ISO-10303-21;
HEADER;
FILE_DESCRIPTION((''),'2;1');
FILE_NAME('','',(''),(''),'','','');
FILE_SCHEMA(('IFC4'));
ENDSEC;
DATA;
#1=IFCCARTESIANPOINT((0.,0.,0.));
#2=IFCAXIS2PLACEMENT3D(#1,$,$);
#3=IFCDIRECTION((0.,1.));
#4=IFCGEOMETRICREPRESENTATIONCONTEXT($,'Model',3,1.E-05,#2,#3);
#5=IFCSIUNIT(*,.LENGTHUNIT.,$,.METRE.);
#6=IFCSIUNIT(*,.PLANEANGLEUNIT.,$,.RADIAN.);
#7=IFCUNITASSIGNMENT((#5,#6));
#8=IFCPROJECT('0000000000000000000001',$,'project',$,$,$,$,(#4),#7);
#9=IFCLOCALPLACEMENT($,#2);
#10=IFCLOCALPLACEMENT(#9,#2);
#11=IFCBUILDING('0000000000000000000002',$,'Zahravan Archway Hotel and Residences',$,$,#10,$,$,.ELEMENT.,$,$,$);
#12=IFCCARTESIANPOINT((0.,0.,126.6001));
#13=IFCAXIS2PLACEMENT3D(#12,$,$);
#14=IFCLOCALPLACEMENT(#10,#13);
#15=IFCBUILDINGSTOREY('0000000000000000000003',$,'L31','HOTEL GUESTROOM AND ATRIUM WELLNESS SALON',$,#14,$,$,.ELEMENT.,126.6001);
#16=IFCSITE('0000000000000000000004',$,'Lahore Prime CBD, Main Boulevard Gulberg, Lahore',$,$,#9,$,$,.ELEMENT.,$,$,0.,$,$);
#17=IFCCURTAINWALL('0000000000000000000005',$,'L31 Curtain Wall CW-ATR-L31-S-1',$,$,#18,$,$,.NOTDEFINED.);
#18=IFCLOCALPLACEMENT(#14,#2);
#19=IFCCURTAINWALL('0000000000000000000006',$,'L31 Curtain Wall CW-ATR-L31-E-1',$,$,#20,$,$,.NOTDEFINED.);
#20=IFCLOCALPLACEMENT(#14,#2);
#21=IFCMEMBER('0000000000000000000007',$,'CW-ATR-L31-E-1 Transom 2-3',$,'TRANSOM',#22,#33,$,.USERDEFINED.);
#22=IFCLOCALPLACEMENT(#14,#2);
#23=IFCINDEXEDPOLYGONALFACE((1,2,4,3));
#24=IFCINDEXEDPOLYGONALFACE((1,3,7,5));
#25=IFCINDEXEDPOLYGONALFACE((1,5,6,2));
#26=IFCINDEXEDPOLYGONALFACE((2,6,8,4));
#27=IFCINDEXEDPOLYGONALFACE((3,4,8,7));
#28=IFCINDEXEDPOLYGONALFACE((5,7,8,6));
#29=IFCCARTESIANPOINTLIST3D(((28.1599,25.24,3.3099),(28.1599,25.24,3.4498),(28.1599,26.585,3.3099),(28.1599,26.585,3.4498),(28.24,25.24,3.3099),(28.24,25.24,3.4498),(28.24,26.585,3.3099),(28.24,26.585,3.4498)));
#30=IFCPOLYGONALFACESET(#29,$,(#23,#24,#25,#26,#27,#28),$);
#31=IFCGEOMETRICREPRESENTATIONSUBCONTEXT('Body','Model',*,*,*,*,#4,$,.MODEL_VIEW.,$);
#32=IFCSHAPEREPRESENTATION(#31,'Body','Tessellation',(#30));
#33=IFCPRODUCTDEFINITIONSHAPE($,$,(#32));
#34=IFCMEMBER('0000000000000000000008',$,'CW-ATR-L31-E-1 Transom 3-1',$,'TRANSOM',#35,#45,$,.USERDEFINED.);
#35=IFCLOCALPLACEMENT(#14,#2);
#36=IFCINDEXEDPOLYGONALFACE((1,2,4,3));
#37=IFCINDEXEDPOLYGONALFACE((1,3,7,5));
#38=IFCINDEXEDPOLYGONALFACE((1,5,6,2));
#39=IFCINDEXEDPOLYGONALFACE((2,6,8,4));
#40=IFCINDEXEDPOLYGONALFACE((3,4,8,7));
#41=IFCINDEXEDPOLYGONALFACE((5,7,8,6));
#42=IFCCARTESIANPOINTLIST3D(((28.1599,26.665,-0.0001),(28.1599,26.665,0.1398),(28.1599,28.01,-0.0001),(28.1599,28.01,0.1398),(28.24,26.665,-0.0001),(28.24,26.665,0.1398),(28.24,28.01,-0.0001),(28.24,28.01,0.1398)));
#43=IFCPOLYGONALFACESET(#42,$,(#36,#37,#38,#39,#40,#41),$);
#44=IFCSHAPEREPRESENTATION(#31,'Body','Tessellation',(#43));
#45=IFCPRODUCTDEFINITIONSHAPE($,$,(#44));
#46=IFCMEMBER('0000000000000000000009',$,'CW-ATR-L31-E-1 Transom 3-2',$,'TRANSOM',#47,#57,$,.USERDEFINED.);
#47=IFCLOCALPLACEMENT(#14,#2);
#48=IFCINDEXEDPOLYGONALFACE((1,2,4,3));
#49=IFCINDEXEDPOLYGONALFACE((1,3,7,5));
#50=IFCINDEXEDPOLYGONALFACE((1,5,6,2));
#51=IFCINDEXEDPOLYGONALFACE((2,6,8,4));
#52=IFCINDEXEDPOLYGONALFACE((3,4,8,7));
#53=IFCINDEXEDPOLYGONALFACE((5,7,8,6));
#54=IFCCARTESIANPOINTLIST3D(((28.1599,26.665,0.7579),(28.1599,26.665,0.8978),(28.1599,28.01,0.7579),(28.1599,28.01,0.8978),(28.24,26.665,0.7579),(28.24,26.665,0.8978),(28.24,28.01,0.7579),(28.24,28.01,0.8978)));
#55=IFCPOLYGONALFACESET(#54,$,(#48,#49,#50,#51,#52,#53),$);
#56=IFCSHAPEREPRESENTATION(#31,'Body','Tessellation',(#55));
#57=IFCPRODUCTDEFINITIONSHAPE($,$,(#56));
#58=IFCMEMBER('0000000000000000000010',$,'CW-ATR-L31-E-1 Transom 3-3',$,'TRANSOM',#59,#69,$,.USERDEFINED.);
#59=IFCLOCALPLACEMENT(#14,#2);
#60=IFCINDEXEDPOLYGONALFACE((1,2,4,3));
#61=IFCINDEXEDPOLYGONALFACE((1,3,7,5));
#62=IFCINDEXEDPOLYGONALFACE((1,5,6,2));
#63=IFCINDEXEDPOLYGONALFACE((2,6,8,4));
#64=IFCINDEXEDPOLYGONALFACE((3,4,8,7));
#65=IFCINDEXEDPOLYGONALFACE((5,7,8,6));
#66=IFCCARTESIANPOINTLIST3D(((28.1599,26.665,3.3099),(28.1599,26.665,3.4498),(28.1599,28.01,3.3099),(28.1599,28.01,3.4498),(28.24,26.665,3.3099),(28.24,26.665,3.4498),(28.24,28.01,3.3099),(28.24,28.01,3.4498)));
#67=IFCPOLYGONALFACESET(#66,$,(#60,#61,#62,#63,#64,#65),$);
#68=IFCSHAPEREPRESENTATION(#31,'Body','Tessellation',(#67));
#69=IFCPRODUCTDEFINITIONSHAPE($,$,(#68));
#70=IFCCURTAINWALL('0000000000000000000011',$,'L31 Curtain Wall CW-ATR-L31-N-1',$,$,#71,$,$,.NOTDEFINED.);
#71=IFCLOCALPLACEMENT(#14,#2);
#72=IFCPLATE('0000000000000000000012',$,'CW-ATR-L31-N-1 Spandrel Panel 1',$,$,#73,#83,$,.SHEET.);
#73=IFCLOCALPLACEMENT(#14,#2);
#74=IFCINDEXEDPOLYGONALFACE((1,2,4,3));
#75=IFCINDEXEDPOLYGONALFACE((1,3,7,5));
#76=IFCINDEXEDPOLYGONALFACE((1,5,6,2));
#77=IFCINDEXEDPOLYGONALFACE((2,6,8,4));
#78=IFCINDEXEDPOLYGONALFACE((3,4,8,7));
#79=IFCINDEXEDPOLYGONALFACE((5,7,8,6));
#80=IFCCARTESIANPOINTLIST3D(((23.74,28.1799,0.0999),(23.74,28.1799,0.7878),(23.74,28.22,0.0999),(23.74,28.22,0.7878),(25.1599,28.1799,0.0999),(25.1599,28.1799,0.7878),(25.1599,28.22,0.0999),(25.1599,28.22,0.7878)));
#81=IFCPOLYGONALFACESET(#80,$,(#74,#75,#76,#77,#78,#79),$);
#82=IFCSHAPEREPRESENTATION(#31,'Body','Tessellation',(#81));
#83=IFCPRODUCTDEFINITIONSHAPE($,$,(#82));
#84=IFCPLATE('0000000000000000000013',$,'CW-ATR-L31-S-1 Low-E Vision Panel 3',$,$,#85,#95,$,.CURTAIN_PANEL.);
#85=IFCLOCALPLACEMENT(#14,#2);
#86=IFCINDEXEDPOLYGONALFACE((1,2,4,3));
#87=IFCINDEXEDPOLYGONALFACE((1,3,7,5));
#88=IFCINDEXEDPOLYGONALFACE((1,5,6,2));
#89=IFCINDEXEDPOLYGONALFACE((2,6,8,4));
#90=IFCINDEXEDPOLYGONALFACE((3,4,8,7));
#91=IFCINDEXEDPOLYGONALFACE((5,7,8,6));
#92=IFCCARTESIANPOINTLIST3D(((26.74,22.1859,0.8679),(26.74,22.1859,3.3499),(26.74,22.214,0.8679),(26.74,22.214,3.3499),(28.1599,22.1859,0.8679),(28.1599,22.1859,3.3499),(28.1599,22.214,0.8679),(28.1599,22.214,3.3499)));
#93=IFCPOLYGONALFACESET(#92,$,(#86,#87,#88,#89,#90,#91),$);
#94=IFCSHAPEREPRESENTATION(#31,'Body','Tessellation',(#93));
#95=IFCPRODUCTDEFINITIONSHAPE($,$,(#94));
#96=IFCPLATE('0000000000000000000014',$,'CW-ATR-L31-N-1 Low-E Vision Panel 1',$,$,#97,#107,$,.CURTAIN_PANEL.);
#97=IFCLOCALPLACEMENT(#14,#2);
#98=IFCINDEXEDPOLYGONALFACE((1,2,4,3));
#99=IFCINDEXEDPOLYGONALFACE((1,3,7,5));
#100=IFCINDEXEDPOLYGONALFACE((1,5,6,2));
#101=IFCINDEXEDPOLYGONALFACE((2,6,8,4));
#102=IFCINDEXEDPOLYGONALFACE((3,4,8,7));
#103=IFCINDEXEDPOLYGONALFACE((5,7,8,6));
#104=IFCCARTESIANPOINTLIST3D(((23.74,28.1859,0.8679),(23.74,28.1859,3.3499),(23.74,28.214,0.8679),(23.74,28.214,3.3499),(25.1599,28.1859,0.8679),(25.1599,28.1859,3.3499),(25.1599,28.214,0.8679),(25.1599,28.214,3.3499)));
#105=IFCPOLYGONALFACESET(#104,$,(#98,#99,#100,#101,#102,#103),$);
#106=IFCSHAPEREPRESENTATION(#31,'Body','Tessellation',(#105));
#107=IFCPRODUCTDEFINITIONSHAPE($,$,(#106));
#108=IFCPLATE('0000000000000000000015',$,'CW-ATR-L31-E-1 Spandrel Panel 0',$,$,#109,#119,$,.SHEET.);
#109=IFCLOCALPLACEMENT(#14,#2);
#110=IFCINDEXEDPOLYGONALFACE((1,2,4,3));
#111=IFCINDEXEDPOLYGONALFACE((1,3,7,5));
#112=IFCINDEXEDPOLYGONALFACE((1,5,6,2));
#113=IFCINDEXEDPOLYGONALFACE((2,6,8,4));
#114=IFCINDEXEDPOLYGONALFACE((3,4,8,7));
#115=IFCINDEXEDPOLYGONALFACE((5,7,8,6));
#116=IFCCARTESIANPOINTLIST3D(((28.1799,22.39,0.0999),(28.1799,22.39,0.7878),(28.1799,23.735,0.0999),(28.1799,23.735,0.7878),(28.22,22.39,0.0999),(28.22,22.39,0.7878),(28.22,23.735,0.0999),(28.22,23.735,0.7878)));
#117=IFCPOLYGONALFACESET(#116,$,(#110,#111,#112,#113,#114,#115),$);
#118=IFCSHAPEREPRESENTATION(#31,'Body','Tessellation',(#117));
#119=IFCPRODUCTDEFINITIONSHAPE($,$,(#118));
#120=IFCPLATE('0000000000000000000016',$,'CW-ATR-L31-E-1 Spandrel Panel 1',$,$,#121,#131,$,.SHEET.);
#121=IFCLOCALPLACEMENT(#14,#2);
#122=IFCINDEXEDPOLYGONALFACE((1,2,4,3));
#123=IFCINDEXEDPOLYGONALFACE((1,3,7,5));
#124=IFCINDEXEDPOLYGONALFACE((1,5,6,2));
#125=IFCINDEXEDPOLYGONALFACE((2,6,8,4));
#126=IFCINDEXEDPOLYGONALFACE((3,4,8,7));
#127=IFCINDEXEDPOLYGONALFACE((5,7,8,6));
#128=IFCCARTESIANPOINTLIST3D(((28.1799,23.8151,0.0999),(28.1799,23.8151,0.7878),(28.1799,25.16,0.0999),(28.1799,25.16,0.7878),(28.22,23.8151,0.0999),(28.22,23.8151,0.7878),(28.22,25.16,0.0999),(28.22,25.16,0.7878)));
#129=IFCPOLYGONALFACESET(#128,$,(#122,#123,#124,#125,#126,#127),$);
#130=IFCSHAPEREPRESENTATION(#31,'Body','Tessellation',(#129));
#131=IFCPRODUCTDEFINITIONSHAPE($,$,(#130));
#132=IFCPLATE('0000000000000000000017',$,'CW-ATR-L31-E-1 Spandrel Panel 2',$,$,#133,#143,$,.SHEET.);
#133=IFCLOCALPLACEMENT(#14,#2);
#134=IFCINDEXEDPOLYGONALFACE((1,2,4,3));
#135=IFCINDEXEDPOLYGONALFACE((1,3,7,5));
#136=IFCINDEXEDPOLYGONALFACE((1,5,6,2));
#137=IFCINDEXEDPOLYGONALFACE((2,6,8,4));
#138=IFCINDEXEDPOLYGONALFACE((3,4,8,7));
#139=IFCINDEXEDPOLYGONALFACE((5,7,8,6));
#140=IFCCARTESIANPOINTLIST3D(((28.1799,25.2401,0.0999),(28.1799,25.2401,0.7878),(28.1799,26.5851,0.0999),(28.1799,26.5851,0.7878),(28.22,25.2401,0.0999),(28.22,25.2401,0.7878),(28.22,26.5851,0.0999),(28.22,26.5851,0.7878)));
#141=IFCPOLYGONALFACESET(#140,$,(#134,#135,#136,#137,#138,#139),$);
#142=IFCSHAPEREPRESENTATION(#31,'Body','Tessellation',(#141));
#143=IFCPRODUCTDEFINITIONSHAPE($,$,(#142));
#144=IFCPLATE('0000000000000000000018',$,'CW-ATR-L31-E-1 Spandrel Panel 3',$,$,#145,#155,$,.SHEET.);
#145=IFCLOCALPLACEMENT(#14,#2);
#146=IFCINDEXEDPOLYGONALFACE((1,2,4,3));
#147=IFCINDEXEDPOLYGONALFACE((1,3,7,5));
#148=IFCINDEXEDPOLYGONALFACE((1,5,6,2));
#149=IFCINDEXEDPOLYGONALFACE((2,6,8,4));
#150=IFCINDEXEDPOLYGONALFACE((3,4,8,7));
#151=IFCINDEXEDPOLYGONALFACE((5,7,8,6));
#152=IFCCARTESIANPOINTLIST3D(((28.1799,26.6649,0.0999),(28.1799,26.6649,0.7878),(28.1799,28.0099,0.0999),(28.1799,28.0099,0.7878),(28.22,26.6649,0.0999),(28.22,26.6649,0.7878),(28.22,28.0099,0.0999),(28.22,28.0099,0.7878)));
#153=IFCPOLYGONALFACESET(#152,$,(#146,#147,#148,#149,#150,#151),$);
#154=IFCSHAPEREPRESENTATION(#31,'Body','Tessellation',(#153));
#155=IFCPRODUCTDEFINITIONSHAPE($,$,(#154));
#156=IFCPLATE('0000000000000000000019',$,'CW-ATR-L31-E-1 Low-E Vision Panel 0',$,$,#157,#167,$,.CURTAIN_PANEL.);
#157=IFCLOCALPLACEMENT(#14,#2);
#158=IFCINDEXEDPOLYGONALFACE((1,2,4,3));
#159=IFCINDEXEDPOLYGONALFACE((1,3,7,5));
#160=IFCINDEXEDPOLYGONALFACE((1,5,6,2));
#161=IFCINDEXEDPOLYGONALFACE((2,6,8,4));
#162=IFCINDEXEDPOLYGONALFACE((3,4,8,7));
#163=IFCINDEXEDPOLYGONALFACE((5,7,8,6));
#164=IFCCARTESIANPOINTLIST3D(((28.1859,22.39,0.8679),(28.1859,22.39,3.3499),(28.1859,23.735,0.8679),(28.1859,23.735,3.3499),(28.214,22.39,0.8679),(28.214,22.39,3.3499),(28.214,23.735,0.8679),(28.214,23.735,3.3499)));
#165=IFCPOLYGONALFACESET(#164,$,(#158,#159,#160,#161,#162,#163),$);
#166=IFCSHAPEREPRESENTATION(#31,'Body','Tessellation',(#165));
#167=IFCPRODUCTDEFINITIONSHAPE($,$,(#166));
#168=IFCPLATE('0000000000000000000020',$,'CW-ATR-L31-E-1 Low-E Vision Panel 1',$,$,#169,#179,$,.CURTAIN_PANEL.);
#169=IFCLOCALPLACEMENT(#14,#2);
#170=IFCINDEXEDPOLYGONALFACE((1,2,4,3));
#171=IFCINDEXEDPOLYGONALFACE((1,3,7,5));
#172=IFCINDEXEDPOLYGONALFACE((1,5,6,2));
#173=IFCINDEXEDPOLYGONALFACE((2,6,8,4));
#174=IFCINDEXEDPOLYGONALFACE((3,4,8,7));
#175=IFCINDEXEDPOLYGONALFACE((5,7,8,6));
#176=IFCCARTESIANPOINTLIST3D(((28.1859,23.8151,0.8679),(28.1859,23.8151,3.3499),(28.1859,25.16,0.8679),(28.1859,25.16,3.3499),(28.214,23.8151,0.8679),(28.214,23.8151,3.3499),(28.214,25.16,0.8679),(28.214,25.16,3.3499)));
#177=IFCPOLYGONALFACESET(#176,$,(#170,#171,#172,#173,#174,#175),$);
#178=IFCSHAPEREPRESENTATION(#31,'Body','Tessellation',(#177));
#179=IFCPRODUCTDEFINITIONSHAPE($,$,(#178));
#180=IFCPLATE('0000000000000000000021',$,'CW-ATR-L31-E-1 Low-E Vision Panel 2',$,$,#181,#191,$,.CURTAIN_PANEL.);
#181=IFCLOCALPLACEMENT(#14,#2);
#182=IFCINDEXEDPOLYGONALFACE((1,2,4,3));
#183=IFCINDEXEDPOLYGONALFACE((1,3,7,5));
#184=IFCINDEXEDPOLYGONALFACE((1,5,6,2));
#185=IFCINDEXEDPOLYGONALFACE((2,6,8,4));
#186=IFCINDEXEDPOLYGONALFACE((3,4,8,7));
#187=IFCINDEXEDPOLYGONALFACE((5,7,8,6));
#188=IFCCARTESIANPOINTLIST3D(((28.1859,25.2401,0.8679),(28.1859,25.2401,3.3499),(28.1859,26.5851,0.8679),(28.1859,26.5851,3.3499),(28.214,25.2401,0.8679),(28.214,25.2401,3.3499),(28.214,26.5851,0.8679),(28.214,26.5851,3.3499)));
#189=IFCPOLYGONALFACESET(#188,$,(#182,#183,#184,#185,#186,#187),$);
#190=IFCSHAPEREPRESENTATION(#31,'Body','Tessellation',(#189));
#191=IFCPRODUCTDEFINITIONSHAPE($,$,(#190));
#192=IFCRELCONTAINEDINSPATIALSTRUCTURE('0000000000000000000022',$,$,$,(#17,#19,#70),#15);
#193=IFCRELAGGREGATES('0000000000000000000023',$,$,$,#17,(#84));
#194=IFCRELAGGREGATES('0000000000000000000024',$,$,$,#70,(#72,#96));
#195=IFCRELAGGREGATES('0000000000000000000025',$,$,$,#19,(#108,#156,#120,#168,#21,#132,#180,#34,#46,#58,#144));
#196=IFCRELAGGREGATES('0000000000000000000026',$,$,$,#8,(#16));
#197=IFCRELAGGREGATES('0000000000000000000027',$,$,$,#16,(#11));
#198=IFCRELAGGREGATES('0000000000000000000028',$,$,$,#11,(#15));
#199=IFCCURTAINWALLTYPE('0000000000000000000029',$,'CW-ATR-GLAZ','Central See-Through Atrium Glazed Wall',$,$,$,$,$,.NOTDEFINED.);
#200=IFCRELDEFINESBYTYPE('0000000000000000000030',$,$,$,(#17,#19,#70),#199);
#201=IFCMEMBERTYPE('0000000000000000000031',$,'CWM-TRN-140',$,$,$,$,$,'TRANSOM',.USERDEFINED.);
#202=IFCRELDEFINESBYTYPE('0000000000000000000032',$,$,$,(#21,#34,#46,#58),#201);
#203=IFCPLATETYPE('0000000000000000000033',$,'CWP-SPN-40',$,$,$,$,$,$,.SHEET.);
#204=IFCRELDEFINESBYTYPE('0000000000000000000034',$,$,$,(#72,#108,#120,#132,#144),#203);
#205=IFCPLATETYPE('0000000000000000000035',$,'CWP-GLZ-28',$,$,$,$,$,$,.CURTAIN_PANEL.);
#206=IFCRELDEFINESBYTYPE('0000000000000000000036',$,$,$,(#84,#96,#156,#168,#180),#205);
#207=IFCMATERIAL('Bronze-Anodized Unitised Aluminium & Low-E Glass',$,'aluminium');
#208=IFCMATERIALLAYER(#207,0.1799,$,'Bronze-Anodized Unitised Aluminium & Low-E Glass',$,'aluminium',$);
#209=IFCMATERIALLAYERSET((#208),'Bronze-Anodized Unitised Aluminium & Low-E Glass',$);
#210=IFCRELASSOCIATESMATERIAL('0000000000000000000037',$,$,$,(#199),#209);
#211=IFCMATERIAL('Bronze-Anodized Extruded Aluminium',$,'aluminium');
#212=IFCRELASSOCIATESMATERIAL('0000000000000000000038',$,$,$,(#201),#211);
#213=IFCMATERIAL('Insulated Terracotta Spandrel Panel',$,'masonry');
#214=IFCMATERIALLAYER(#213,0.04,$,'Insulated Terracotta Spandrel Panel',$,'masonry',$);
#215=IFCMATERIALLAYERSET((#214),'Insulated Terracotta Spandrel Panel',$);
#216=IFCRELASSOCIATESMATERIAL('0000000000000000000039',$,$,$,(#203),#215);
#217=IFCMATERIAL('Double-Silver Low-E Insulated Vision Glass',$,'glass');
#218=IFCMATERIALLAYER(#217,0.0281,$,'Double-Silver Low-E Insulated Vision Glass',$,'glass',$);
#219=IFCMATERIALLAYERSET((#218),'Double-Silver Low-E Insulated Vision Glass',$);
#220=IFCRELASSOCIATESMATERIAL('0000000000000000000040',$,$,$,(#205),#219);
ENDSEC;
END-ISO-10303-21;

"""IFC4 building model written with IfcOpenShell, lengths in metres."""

from ifc_helpers import new_model, si_unit, direction, frame, origin, origin_2d, place, context, subcontext, project, spatial, rectangle, extrude, source, transform, mapped, material, layer, layer_set, material_profile, profile_set, type_object, element, aggregate, save


model = new_model("IFC4")

# Units and contexts
model_context = context("Model", 3, precision=1e-05, world=origin(), true_north=direction((0.0, 1.0)))
body_context = subcontext(model_context, "Body", "Model", "MODEL_VIEW")
ifc_project = project(units=[si_unit("LENGTHUNIT", "METRE"), si_unit("PLANEANGLEUNIT", "RADIAN")], contexts=[model_context])

# Site, building, storey
site_placement = place(None, origin())
site = spatial("IfcSite", under=ifc_project, at=site_placement, Name="Lahore Prime CBD, Main Boulevard Gulberg, Lahore", CompositionType="ELEMENT", RefElevation=0.0)
building_placement = place(site_placement, origin())
building = spatial("IfcBuilding", under=site, at=building_placement, Name="Zahravan Archway Hotel and Residences", CompositionType="ELEMENT")
storey_placement = place(building_placement, frame((0.0, 0.0, 126.6001)))
storey = spatial("IfcBuildingStorey", under=building, at=storey_placement, Name="L31", Description="HOTEL GUESTROOM AND ATRIUM WELLNESS SALON", CompositionType="ELEMENT", Elevation=126.6001)

# Curtain wall
ifc_material_1 = material(Name="Bronze-Anodized Unitised Aluminium & Low-E Glass", Category="aluminium")
ifc_layer_1 = layer(ifc_material_1, 0.1799, Name="Bronze-Anodized Unitised Aluminium & Low-E Glass", Category="aluminium")
ifc_layer_set_1 = layer_set([ifc_layer_1], Name="Bronze-Anodized Unitised Aluminium & Low-E Glass")
curtain_wall_type = type_object("IfcCurtainWallType", Name="CW-ATR-GLAZ", Description="Central See-Through Atrium Glazed Wall", PredefinedType="NOTDEFINED", material=ifc_layer_set_1)
curtain_wall_1_placement = place(storey_placement, origin())
curtain_wall_1 = element("IfcCurtainWall", 1, at=curtain_wall_1_placement, inside=storey, type_object=curtain_wall_type, Name="L31 Curtain Wall CW-ATR-L31-S-1", PredefinedType="NOTDEFINED")
ifc_material_2 = material(Name="Bronze-Anodized Extruded Aluminium", Category="aluminium")

# Curtain wall, members
curtain_wall_2_placement = place(storey_placement, origin())
curtain_wall_2 = element("IfcCurtainWall", 2, at=curtain_wall_2_placement, inside=storey, type_object=curtain_wall_type, Name="L31 Curtain Wall CW-ATR-L31-E-1", PredefinedType="NOTDEFINED")
ifc_material_profile_1 = material_profile(ifc_material_2, rectangle(XDim=0.0801, YDim=0.1399, at=origin_2d()), Name="TRN 80x140", Category="aluminium")
ifc_profile_set_1 = profile_set([ifc_material_profile_1], Name="Bronze-Anodized Extruded Aluminium")
member_type_1 = type_object("IfcMemberType", Name="CWM-TRN-140", ElementType="TRANSOM", PredefinedType="USERDEFINED", material=ifc_profile_set_1)
shared_shape_1 = source(origin(), body_context, "Body", "SweptSolid", [
    extrude(rectangle(XDim=0.0801, YDim=0.1399, at=origin_2d()), origin(), (0.0, 0.0, 1.0), 1.345),
])
member_1_placement = place(storey_placement, frame((28.2, 25.24, 3.3799), z_axis=(0.0, 1.0, 0.0), x_axis=(-1.0, 0.0, 0.0)))
member_1 = element("IfcMember", 3, at=member_1_placement, type_object=member_type_1, Name="CW-ATR-L31-E-1 Transom 2-3", ObjectType="TRANSOM", PredefinedType="USERDEFINED", context=body_context, shape_type="MappedRepresentation", body=[
    mapped(shared_shape_1, transform((0.0, 0.0, 0.0), scale=1.0)),
])
member_2_placement = place(storey_placement, frame((28.2, 26.665, 0.0698), z_axis=(0.0, 1.0, 0.0), x_axis=(-1.0, 0.0, 0.0)))
member_2 = element("IfcMember", 4, at=member_2_placement, type_object=member_type_1, Name="CW-ATR-L31-E-1 Transom 3-1", ObjectType="TRANSOM", PredefinedType="USERDEFINED", context=body_context, shape_type="MappedRepresentation", body=[
    mapped(shared_shape_1, transform((0.0, 0.0, 0.0), scale=1.0)),
])
member_3_placement = place(storey_placement, frame((28.2, 26.665, 0.8279), z_axis=(0.0, 1.0, 0.0), x_axis=(-1.0, 0.0, 0.0)))
member_3 = element("IfcMember", 5, at=member_3_placement, type_object=member_type_1, Name="CW-ATR-L31-E-1 Transom 3-2", ObjectType="TRANSOM", PredefinedType="USERDEFINED", context=body_context, shape_type="MappedRepresentation", body=[
    mapped(shared_shape_1, transform((0.0, 0.0, 0.0), scale=1.0)),
])
member_4_placement = place(storey_placement, frame((28.2, 26.665, 3.3799), z_axis=(0.0, 1.0, 0.0), x_axis=(-1.0, 0.0, 0.0)))
member_4 = element("IfcMember", 6, at=member_4_placement, type_object=member_type_1, Name="CW-ATR-L31-E-1 Transom 3-3", ObjectType="TRANSOM", PredefinedType="USERDEFINED", context=body_context, shape_type="MappedRepresentation", body=[
    mapped(shared_shape_1, transform((0.0, 0.0, 0.0), scale=1.0)),
])

# Curtain wall, plate
curtain_wall_3_placement = place(storey_placement, origin())
curtain_wall_3 = element("IfcCurtainWall", 7, at=curtain_wall_3_placement, inside=storey, type_object=curtain_wall_type, Name="L31 Curtain Wall CW-ATR-L31-N-1", PredefinedType="NOTDEFINED")
ifc_material_3 = material(Name="Insulated Terracotta Spandrel Panel", Category="masonry")
ifc_layer_2 = layer(ifc_material_3, 0.04, Name="Insulated Terracotta Spandrel Panel", Category="masonry")
ifc_layer_set_2 = layer_set([ifc_layer_2], Name="Insulated Terracotta Spandrel Panel")
plate_type_1 = type_object("IfcPlateType", Name="CWP-SPN-40", PredefinedType="SHEET", material=ifc_layer_set_2)
shared_shape_2 = source(origin(), body_context, "Body", "SweptSolid", [
    extrude(rectangle(XDim=1.4199, YDim=0.04, at=origin_2d()), origin(), (0.0, 0.0, 1.0), 0.688),
])
plate_1_placement = place(storey_placement, frame((24.45, 28.2, 0.0999), z_axis=(0.0, 0.0, 1.0), x_axis=(1.0, 0.0, 0.0)))
plate_1 = element("IfcPlate", 8, at=plate_1_placement, type_object=plate_type_1, Name="CW-ATR-L31-N-1 Spandrel Panel 1", PredefinedType="SHEET", context=body_context, shape_type="MappedRepresentation", body=[
    mapped(shared_shape_2, transform((0.0, 0.0, 0.0), scale=1.0)),
])

# Plates
ifc_material_4 = material(Name="Double-Silver Low-E Insulated Vision Glass", Category="glass")
ifc_layer_3 = layer(ifc_material_4, 0.0281, Name="Double-Silver Low-E Insulated Vision Glass", Category="glass")
ifc_layer_set_3 = layer_set([ifc_layer_3], Name="Double-Silver Low-E Insulated Vision Glass")
plate_type_2 = type_object("IfcPlateType", Name="CWP-GLZ-28", PredefinedType="CURTAIN_PANEL", material=ifc_layer_set_3)
shared_shape_3 = source(origin(), body_context, "Body", "SweptSolid", [
    extrude(rectangle(XDim=1.4199, YDim=0.0281, at=origin_2d()), origin(), (0.0, 0.0, 1.0), 2.4819),
])
plate_2_placement = place(storey_placement, frame((27.45, 22.2, 0.8679), z_axis=(0.0, 0.0, 1.0), x_axis=(1.0, 0.0, 0.0)))
plate_2 = element("IfcPlate", 9, at=plate_2_placement, type_object=plate_type_2, Name="CW-ATR-L31-S-1 Low-E Vision Panel 3", PredefinedType="CURTAIN_PANEL", context=body_context, shape_type="MappedRepresentation", body=[
    mapped(shared_shape_3, transform((0.0, 0.0, 0.0), scale=1.0)),
])
aggregate(curtain_wall_1, [plate_2])
plate_3_placement = place(storey_placement, frame((24.45, 28.2, 0.8679), z_axis=(0.0, 0.0, 1.0), x_axis=(1.0, 0.0, 0.0)))
plate_3 = element("IfcPlate", 10, at=plate_3_placement, type_object=plate_type_2, Name="CW-ATR-L31-N-1 Low-E Vision Panel 1", PredefinedType="CURTAIN_PANEL", context=body_context, shape_type="MappedRepresentation", body=[
    mapped(shared_shape_3, transform((0.0, 0.0, 0.0), scale=1.0)),
])
aggregate(curtain_wall_3, [plate_1, plate_3])
shared_shape_4 = source(origin(), body_context, "Body", "SweptSolid", [
    extrude(rectangle(XDim=1.345, YDim=0.04, at=origin_2d()), origin(), (0.0, 0.0, 1.0), 0.688),
])
plate_4_placement = place(storey_placement, frame((28.2, 23.0625, 0.0999), z_axis=(0.0, 0.0, 1.0), x_axis=(0.0, 1.0, 0.0)))
plate_4 = element("IfcPlate", 11, at=plate_4_placement, type_object=plate_type_1, Name="CW-ATR-L31-E-1 Spandrel Panel 0", PredefinedType="SHEET", context=body_context, shape_type="MappedRepresentation", body=[
    mapped(shared_shape_4, transform((0.0, 0.0, 0.0), scale=1.0)),
])
plate_5_placement = place(storey_placement, frame((28.2, 24.4875, 0.0999), z_axis=(0.0, 0.0, 1.0), x_axis=(0.0, 1.0, 0.0)))
plate_5 = element("IfcPlate", 12, at=plate_5_placement, type_object=plate_type_1, Name="CW-ATR-L31-E-1 Spandrel Panel 1", PredefinedType="SHEET", context=body_context, shape_type="MappedRepresentation", body=[
    mapped(shared_shape_4, transform((0.0, 0.0, 0.0), scale=1.0)),
])
plate_6_placement = place(storey_placement, frame((28.2, 25.9126, 0.0999), z_axis=(0.0, 0.0, 1.0), x_axis=(0.0, 1.0, 0.0)))
plate_6 = element("IfcPlate", 13, at=plate_6_placement, type_object=plate_type_1, Name="CW-ATR-L31-E-1 Spandrel Panel 2", PredefinedType="SHEET", context=body_context, shape_type="MappedRepresentation", body=[
    mapped(shared_shape_4, transform((0.0, 0.0, 0.0), scale=1.0)),
])
plate_7_placement = place(storey_placement, frame((28.2, 27.3374, 0.0999), z_axis=(0.0, 0.0, 1.0), x_axis=(0.0, 1.0, 0.0)))
plate_7 = element("IfcPlate", 14, at=plate_7_placement, type_object=plate_type_1, Name="CW-ATR-L31-E-1 Spandrel Panel 3", PredefinedType="SHEET", context=body_context, shape_type="MappedRepresentation", body=[
    mapped(shared_shape_4, transform((0.0, 0.0, 0.0), scale=1.0)),
])
shared_shape_5 = source(origin(), body_context, "Body", "SweptSolid", [
    extrude(rectangle(XDim=1.345, YDim=0.0281, at=origin_2d()), origin(), (0.0, 0.0, 1.0), 2.4819),
])
plate_8_placement = place(storey_placement, frame((28.2, 23.0625, 0.8679), z_axis=(0.0, 0.0, 1.0), x_axis=(0.0, 1.0, 0.0)))
plate_8 = element("IfcPlate", 15, at=plate_8_placement, type_object=plate_type_2, Name="CW-ATR-L31-E-1 Low-E Vision Panel 0", PredefinedType="CURTAIN_PANEL", context=body_context, shape_type="MappedRepresentation", body=[
    mapped(shared_shape_5, transform((0.0, 0.0, 0.0), scale=1.0)),
])
plate_9_placement = place(storey_placement, frame((28.2, 24.4875, 0.8679), z_axis=(0.0, 0.0, 1.0), x_axis=(0.0, 1.0, 0.0)))
plate_9 = element("IfcPlate", 16, at=plate_9_placement, type_object=plate_type_2, Name="CW-ATR-L31-E-1 Low-E Vision Panel 1", PredefinedType="CURTAIN_PANEL", context=body_context, shape_type="MappedRepresentation", body=[
    mapped(shared_shape_5, transform((0.0, 0.0, 0.0), scale=1.0)),
])
plate_10_placement = place(storey_placement, frame((28.2, 25.9126, 0.8679), z_axis=(0.0, 0.0, 1.0), x_axis=(0.0, 1.0, 0.0)))
plate_10 = element("IfcPlate", 17, at=plate_10_placement, type_object=plate_type_2, Name="CW-ATR-L31-E-1 Low-E Vision Panel 2", PredefinedType="CURTAIN_PANEL", context=body_context, shape_type="MappedRepresentation", body=[
    mapped(shared_shape_5, transform((0.0, 0.0, 0.0), scale=1.0)),
])
aggregate(curtain_wall_2, [plate_4, plate_8, plate_5, plate_9, member_1, plate_6, plate_10, member_2, member_3, member_4, plate_7])

save(model, "model.ifc")
